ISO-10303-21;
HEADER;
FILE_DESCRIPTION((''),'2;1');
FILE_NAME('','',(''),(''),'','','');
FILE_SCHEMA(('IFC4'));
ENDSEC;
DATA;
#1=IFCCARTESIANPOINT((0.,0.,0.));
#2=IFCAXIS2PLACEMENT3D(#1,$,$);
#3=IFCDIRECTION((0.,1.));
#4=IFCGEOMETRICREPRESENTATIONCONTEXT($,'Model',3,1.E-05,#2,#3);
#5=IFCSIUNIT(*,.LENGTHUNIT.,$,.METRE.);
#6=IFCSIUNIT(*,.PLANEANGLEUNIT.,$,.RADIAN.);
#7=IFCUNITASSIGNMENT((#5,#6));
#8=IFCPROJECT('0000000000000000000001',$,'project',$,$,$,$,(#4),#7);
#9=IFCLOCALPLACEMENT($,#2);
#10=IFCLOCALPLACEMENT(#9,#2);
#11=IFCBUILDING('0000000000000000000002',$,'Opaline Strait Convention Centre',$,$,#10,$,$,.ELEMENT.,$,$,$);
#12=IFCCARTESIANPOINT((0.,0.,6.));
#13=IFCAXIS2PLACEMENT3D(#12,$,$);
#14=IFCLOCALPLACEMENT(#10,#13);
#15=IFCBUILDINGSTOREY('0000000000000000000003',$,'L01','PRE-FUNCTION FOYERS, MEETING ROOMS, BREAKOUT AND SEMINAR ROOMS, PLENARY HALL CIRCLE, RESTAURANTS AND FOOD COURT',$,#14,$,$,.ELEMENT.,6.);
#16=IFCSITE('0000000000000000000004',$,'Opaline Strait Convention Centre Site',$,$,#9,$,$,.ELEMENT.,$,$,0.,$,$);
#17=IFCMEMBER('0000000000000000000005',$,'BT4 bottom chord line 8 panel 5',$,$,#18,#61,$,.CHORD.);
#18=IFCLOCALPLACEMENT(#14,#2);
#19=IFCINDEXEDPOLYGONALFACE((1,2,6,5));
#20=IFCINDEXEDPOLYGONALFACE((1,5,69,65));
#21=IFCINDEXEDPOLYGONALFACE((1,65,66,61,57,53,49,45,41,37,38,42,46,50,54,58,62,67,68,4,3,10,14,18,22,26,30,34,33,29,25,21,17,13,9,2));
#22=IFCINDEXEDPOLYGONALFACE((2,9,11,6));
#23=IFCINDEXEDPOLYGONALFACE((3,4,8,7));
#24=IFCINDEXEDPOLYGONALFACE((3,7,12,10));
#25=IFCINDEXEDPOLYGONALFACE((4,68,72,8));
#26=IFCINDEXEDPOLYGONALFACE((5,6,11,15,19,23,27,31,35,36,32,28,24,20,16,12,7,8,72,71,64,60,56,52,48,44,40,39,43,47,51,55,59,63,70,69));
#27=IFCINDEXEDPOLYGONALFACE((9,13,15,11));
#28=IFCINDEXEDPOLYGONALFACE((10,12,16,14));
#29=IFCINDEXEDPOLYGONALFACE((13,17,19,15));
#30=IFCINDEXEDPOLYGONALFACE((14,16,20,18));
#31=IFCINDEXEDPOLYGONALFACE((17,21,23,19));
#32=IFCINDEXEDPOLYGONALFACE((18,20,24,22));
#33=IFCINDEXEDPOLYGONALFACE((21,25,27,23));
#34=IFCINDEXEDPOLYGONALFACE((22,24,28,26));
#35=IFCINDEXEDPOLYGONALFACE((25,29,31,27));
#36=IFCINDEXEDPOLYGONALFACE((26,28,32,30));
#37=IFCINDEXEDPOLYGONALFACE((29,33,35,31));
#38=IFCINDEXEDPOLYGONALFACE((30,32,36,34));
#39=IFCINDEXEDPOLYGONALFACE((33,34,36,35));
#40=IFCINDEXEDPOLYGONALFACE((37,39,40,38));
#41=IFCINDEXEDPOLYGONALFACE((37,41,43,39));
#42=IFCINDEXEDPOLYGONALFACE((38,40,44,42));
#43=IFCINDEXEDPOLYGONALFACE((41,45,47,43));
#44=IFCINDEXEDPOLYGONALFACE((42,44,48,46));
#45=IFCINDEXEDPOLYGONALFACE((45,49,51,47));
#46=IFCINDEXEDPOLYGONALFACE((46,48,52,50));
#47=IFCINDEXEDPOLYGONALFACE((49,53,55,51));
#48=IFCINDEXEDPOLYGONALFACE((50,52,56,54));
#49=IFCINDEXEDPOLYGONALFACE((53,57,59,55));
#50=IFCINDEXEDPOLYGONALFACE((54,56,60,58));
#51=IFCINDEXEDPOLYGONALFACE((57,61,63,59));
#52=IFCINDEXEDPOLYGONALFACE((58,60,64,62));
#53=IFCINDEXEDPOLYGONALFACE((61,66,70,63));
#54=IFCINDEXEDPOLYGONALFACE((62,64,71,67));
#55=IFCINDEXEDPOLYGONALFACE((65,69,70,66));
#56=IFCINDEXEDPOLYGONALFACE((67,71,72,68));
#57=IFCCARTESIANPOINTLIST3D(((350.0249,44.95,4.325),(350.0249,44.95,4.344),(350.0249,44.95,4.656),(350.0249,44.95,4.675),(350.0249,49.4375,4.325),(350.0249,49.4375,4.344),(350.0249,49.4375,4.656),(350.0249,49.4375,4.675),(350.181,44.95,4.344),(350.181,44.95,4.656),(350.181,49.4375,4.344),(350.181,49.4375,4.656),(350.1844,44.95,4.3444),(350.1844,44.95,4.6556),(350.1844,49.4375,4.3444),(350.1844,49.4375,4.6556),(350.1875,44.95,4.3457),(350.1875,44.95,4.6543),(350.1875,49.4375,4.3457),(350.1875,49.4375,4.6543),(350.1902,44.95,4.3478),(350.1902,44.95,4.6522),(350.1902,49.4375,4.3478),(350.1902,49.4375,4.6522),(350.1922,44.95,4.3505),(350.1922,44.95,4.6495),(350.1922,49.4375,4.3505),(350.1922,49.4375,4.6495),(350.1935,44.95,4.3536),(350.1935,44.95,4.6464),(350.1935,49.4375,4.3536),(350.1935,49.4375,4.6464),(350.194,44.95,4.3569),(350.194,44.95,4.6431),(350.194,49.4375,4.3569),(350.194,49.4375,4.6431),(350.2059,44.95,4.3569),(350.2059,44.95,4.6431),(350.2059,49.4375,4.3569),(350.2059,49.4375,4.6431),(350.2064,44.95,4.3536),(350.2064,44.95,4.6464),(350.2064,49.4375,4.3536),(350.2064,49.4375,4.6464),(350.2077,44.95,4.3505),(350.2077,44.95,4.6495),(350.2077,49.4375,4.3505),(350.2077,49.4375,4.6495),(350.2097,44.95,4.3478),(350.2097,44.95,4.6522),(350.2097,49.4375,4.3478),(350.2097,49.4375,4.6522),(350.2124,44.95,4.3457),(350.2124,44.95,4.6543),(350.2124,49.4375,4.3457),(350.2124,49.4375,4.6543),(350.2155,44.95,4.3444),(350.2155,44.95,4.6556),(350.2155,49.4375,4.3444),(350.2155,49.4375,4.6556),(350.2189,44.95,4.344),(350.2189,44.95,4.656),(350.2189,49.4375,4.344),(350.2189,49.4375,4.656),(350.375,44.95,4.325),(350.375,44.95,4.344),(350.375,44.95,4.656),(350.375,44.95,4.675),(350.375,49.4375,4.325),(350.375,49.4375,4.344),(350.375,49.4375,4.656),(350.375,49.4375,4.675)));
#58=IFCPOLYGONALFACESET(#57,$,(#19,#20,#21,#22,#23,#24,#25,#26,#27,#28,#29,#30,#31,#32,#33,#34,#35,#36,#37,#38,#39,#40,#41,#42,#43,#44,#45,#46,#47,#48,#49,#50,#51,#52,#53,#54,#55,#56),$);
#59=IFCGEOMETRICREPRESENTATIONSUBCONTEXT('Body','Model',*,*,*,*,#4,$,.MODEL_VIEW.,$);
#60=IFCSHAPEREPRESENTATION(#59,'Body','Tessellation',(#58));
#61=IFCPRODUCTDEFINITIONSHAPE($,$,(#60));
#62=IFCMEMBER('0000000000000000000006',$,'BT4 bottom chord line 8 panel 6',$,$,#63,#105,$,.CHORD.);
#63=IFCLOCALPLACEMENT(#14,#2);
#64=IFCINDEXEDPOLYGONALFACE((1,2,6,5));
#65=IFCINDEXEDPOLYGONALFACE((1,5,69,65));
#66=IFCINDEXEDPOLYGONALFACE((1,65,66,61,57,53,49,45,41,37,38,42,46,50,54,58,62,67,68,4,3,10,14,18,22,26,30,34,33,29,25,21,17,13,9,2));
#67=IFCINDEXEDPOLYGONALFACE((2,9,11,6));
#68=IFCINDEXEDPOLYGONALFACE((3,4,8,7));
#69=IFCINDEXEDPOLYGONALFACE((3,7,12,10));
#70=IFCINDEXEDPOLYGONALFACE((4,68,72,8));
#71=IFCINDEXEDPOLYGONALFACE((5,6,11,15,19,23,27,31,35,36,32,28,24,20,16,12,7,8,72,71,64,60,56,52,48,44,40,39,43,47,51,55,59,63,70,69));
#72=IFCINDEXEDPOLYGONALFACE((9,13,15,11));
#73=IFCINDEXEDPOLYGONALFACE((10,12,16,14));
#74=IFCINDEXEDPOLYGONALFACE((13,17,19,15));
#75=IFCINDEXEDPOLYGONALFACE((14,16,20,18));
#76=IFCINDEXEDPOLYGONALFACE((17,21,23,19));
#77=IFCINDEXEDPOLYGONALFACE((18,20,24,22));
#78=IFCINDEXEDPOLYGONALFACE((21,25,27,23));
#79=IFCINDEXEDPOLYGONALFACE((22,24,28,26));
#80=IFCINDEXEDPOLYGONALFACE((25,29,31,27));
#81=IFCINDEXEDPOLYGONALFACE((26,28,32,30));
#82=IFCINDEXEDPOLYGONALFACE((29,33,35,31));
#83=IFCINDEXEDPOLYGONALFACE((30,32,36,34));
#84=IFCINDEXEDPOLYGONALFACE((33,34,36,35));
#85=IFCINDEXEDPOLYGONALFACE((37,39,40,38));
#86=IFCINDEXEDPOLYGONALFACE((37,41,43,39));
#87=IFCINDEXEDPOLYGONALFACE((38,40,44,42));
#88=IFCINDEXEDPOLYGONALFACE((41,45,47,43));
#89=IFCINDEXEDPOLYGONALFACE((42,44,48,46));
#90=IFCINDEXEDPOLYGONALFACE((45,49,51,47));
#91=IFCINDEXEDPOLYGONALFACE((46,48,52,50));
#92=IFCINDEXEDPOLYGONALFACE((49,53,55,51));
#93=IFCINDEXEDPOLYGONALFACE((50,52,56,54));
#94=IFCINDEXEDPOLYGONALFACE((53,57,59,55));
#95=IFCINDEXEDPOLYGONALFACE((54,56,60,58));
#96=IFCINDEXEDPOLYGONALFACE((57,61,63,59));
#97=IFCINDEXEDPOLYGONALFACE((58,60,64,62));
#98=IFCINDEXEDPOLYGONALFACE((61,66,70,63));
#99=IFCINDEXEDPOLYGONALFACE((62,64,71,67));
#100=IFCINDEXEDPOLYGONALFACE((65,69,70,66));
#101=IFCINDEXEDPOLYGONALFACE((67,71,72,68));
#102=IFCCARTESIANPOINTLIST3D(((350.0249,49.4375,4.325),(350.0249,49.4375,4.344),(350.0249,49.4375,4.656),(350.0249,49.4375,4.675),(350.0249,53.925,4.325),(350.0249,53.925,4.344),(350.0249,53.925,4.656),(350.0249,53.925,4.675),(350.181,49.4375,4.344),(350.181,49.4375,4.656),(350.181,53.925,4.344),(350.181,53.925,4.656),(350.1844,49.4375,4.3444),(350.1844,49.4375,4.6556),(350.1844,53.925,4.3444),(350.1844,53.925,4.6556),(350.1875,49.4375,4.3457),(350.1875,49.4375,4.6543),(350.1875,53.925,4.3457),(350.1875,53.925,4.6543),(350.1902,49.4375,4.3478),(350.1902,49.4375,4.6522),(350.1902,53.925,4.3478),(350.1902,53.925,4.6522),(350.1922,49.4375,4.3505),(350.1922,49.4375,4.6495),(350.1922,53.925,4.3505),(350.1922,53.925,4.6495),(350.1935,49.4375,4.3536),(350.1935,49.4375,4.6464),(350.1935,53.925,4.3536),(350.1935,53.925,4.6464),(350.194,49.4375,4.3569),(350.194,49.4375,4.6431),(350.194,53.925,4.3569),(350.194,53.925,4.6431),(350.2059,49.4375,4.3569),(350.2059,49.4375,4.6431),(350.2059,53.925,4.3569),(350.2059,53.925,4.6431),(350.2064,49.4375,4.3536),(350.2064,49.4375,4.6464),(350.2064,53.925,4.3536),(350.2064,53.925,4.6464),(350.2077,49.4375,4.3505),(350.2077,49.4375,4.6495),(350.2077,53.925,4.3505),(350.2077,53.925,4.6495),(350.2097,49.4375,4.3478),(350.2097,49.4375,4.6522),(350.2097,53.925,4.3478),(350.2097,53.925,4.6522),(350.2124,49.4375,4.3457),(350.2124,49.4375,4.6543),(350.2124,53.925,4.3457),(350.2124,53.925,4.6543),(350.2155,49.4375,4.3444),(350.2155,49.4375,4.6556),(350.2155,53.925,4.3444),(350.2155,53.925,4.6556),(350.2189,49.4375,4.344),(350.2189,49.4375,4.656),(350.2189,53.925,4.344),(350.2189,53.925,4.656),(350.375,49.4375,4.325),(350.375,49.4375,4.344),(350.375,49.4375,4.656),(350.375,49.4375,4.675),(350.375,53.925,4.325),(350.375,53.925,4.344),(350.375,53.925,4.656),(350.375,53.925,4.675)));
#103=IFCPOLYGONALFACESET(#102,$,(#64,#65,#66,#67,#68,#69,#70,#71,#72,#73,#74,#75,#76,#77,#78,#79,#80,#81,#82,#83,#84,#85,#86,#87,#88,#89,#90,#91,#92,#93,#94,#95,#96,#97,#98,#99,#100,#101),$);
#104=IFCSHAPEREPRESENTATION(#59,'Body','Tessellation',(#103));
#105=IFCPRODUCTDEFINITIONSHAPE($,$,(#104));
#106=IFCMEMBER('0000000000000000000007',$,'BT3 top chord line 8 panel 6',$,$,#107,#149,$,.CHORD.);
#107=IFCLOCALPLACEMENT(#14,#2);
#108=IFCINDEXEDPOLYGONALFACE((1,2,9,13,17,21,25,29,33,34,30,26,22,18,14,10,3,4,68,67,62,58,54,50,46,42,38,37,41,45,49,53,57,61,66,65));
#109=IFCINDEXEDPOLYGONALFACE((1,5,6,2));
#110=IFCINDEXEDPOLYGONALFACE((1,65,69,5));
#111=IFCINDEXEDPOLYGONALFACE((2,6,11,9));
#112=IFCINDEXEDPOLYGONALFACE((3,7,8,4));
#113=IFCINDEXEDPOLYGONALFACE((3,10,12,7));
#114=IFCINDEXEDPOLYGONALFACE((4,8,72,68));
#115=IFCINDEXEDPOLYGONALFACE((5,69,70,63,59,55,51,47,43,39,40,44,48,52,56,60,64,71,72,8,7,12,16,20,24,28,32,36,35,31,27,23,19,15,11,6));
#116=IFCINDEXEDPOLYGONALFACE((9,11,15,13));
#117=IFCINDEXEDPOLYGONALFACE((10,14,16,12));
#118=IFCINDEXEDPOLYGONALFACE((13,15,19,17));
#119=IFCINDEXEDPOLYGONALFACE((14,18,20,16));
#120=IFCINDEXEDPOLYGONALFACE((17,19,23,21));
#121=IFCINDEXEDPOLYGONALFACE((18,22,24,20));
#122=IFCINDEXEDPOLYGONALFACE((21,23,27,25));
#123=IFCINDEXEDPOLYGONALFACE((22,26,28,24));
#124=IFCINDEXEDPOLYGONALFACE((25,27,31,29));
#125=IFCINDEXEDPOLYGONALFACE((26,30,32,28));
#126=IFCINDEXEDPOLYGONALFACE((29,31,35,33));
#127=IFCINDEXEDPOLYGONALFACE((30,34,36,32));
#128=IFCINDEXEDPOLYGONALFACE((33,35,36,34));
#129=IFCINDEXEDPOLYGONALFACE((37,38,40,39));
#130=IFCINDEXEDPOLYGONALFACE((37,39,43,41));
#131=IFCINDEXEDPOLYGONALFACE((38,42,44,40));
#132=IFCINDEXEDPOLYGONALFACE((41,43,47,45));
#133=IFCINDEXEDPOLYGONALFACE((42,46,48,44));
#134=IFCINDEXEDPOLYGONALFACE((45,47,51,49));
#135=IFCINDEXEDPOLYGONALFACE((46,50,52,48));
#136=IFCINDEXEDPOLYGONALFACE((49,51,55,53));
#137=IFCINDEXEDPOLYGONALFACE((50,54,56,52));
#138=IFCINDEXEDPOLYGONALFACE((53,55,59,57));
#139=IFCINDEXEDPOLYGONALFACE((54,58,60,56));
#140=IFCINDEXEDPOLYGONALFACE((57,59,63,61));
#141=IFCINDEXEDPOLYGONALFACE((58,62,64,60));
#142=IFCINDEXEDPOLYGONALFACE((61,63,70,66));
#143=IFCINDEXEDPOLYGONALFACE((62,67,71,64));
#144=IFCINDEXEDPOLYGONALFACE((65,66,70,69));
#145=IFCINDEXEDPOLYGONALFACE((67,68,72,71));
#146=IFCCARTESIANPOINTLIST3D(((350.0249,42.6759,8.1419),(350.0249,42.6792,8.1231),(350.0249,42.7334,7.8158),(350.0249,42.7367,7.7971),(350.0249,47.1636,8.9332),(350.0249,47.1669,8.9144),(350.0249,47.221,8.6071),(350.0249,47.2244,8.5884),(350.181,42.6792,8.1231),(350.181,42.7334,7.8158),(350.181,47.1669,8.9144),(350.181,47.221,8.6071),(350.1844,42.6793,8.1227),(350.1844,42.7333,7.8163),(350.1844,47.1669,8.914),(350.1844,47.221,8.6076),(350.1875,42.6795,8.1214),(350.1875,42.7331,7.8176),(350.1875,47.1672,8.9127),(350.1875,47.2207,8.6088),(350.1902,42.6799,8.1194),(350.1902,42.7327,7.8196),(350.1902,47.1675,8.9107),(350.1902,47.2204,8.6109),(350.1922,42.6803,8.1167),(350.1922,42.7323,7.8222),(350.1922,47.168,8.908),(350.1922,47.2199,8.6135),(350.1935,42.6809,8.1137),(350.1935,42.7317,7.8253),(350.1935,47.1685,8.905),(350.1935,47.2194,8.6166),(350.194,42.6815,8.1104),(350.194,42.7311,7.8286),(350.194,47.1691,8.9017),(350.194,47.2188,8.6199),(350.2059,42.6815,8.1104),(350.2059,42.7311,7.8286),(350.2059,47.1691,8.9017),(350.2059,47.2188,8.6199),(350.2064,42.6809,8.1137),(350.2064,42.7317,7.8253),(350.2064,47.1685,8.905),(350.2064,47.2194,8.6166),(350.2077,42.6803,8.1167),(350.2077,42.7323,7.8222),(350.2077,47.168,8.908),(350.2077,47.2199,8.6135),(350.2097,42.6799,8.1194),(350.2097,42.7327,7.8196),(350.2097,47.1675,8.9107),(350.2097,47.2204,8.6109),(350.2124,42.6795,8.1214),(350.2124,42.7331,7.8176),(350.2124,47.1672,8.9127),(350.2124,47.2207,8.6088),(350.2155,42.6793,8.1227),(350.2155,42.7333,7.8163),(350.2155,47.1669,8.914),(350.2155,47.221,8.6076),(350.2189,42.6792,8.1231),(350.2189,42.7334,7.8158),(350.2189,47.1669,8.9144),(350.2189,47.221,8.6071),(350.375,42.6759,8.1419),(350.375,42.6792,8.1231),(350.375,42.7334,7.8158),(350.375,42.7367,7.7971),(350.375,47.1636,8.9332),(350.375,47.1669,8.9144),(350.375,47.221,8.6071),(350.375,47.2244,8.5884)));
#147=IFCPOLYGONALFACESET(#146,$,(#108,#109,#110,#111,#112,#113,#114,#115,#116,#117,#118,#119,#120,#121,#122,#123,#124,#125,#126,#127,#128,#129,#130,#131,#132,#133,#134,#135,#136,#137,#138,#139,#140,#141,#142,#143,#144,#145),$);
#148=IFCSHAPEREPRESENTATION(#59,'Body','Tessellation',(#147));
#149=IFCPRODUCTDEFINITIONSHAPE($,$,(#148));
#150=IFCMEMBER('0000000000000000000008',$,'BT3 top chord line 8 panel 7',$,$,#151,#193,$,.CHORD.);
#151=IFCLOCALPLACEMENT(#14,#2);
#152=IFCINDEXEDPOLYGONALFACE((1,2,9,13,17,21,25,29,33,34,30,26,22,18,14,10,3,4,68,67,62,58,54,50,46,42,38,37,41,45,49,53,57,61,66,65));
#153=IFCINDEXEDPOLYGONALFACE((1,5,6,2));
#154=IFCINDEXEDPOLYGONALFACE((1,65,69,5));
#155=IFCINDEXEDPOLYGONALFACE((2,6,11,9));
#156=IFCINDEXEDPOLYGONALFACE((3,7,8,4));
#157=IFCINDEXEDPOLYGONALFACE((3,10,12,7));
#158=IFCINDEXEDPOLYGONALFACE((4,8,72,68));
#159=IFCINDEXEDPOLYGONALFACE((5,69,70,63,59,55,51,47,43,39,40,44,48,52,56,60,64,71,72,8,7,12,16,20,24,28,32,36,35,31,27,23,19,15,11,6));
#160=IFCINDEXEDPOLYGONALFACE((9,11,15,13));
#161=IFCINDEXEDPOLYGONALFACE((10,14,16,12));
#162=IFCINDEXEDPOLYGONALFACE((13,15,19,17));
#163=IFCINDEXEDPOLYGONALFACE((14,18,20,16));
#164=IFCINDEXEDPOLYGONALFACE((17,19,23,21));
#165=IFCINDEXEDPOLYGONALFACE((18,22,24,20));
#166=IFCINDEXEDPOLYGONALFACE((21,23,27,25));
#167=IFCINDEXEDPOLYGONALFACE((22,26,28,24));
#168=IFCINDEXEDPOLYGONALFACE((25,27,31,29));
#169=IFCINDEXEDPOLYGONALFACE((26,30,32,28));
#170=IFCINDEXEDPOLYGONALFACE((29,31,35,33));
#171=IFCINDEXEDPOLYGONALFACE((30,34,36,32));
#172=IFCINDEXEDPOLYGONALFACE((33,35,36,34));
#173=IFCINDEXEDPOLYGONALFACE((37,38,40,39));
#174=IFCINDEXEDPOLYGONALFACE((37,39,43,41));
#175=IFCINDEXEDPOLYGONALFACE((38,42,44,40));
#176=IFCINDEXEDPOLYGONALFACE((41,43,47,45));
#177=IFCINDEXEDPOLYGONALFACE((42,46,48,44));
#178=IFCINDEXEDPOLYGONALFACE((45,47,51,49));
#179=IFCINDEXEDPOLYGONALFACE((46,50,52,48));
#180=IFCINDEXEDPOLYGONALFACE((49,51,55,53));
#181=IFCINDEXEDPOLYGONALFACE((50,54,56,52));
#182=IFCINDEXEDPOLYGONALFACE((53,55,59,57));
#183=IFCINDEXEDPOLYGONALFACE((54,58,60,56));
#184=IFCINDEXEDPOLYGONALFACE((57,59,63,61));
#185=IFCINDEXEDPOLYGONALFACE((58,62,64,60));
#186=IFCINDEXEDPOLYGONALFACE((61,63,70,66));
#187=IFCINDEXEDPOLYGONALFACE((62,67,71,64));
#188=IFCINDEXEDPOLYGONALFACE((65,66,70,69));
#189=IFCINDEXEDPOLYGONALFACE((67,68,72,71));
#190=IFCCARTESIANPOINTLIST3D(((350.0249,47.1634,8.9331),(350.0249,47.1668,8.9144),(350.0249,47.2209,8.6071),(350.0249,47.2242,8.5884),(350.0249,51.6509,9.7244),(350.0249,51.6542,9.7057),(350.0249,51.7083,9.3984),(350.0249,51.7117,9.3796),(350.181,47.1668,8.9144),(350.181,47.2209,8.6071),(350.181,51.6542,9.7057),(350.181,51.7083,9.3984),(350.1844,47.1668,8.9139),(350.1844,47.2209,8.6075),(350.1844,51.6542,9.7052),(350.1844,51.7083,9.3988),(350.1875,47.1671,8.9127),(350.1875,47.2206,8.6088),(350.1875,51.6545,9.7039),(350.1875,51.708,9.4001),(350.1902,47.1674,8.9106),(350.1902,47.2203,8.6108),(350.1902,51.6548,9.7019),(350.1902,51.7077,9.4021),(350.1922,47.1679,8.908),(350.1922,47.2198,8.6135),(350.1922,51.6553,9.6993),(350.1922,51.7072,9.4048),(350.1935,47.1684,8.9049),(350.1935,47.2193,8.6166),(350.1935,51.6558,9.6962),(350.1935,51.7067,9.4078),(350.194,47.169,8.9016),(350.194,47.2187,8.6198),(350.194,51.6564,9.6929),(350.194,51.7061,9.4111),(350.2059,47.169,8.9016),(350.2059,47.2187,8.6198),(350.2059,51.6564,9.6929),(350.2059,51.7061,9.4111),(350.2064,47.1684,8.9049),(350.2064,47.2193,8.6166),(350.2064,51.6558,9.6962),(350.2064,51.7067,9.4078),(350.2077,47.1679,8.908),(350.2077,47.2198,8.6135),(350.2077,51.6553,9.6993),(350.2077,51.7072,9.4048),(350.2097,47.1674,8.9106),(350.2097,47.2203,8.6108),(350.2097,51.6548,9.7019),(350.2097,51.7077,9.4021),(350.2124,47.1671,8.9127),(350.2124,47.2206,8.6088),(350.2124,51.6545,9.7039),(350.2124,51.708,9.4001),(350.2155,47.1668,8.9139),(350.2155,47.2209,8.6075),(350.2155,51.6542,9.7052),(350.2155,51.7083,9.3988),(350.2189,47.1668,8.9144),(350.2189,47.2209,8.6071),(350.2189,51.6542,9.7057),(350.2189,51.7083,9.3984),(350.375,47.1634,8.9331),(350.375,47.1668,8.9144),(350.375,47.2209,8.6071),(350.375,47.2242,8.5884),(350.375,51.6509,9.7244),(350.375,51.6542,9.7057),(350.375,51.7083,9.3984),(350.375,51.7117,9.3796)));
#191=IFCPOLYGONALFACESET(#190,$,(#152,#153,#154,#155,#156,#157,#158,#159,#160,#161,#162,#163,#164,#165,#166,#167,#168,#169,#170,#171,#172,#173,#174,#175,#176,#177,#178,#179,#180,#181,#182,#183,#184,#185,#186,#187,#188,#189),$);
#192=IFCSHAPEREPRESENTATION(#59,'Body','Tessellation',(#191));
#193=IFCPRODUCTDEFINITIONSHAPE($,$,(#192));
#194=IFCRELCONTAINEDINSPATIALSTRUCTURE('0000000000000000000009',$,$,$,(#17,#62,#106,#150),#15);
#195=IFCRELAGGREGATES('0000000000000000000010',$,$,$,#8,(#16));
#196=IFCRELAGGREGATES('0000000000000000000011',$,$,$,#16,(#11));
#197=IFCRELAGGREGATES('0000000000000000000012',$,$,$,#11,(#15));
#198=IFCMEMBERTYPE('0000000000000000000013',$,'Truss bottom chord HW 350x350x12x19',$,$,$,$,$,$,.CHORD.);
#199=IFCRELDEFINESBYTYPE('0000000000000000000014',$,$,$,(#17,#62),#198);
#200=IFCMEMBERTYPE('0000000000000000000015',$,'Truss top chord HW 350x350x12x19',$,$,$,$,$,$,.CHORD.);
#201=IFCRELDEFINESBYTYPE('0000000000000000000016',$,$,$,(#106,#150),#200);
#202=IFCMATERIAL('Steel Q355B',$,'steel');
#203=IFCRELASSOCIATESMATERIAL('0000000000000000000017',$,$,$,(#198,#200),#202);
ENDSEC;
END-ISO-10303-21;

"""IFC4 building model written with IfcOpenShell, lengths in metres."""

from ifc_helpers import new_model, si_unit, direction, frame, origin, origin_2d, place, context, subcontext, project, spatial, i_section, extrude, material, material_profile, profile_set, type_object, element, save


model = new_model("IFC4")

# Units and contexts
model_context = context("Model", 3, precision=1e-05, world=origin(), true_north=direction((0.0, 1.0)))
body_context = subcontext(model_context, "Body", "Model", "MODEL_VIEW")
ifc_project = project(units=[si_unit("LENGTHUNIT", "METRE"), si_unit("PLANEANGLEUNIT", "RADIAN")], contexts=[model_context])

# Site, building, storey
site_placement = place(None, origin())
site = spatial("IfcSite", under=ifc_project, at=site_placement, Name="Opaline Strait Convention Centre Site", CompositionType="ELEMENT", RefElevation=0.0)
building_placement = place(site_placement, origin())
building = spatial("IfcBuilding", under=site, at=building_placement, Name="Opaline Strait Convention Centre", CompositionType="ELEMENT")
storey_placement = place(building_placement, frame((0.0, 0.0, 6.0)))
storey = spatial("IfcBuildingStorey", under=building, at=storey_placement, Name="L01", Description="PRE-FUNCTION FOYERS, MEETING ROOMS, BREAKOUT AND SEMINAR ROOMS, PLENARY HALL CIRCLE, RESTAURANTS AND FOOD COURT", CompositionType="ELEMENT", Elevation=6.0)

# Members
ifc_material_1 = material(Name="Steel Q355B", Category="steel")
ifc_material_profile_1 = material_profile(ifc_material_1, i_section(OverallWidth=0.3501, OverallDepth=0.3501, WebThickness=0.012, FlangeThickness=0.019, FilletRadius=0.0129, at=origin_2d()), Name="HW 350x350x12x19")
ifc_profile_set_1 = profile_set([ifc_material_profile_1], Name="Steel Q355B")
member_type_1 = type_object("IfcMemberType", Name="Truss bottom chord HW 350x350x12x19", PredefinedType="CHORD", material=ifc_profile_set_1)
for number, where, z_axis, x_axis, name in (
    (1, (350.2, 44.95, 4.5), (0.0, 1.0, 0.0), (-1.0, 0.0, 0.0), "BT4 bottom chord line 8 panel 5"),
    (2, (350.2, 49.4375, 4.5), (0.0, 1.0, 0.0), (-1.0, 0.0, 0.0), "BT4 bottom chord line 8 panel 6"),
):
    element("IfcMember", number, at=place(storey_placement, frame(where, z_axis=z_axis, x_axis=x_axis)), inside=storey, type_object=member_type_1, Name=name, PredefinedType="CHORD", context=body_context, shape_type="SweptSolid", body=[
        extrude(i_section(OverallWidth=0.3501, OverallDepth=0.3501, WebThickness=0.012, FlangeThickness=0.019, FilletRadius=0.0129, at=origin_2d()), origin(), (0.0, 0.0, 1.0), 4.4875),
    ])
ifc_material_profile_2 = material_profile(ifc_material_1, i_section(OverallWidth=0.3501, OverallDepth=0.3501, WebThickness=0.012, FlangeThickness=0.019, FilletRadius=0.0129, at=origin_2d()), Name="HW 350x350x12x19")
ifc_profile_set_2 = profile_set([ifc_material_profile_2], Name="Steel Q355B")
member_type_2 = type_object("IfcMemberType", Name="Truss top chord HW 350x350x12x19", PredefinedType="CHORD", material=ifc_profile_set_2)
member_1_placement = place(storey_placement, frame((350.2, 42.7063, 7.9695), z_axis=(0.0, 0.984808, 0.173645), x_axis=(-1.0, 0.0, 0.0)))
element("IfcMember", 3, at=member_1_placement, inside=storey, type_object=member_type_2, Name="BT3 top chord line 8 panel 6", PredefinedType="CHORD", context=body_context, shape_type="SweptSolid", body=[
    extrude(i_section(OverallWidth=0.3501, OverallDepth=0.3501, WebThickness=0.012, FlangeThickness=0.019, FilletRadius=0.0129, at=origin_2d()), origin(), (0.0, 0.0, 1.0), 4.5569),
])
member_2_placement = place(storey_placement, frame((350.2, 47.1938, 8.7607), z_axis=(0.0, 0.984807, 0.173654), x_axis=(-1.0, 0.0, 0.0)))
element("IfcMember", 4, at=member_2_placement, inside=storey, type_object=member_type_2, Name="BT3 top chord line 8 panel 7", PredefinedType="CHORD", context=body_context, shape_type="SweptSolid", body=[
    extrude(i_section(OverallWidth=0.3501, OverallDepth=0.3501, WebThickness=0.012, FlangeThickness=0.019, FilletRadius=0.0129, at=origin_2d()), origin(), (0.0, 0.0, 1.0), 4.5566),
])

save(model, "model.ifc")
